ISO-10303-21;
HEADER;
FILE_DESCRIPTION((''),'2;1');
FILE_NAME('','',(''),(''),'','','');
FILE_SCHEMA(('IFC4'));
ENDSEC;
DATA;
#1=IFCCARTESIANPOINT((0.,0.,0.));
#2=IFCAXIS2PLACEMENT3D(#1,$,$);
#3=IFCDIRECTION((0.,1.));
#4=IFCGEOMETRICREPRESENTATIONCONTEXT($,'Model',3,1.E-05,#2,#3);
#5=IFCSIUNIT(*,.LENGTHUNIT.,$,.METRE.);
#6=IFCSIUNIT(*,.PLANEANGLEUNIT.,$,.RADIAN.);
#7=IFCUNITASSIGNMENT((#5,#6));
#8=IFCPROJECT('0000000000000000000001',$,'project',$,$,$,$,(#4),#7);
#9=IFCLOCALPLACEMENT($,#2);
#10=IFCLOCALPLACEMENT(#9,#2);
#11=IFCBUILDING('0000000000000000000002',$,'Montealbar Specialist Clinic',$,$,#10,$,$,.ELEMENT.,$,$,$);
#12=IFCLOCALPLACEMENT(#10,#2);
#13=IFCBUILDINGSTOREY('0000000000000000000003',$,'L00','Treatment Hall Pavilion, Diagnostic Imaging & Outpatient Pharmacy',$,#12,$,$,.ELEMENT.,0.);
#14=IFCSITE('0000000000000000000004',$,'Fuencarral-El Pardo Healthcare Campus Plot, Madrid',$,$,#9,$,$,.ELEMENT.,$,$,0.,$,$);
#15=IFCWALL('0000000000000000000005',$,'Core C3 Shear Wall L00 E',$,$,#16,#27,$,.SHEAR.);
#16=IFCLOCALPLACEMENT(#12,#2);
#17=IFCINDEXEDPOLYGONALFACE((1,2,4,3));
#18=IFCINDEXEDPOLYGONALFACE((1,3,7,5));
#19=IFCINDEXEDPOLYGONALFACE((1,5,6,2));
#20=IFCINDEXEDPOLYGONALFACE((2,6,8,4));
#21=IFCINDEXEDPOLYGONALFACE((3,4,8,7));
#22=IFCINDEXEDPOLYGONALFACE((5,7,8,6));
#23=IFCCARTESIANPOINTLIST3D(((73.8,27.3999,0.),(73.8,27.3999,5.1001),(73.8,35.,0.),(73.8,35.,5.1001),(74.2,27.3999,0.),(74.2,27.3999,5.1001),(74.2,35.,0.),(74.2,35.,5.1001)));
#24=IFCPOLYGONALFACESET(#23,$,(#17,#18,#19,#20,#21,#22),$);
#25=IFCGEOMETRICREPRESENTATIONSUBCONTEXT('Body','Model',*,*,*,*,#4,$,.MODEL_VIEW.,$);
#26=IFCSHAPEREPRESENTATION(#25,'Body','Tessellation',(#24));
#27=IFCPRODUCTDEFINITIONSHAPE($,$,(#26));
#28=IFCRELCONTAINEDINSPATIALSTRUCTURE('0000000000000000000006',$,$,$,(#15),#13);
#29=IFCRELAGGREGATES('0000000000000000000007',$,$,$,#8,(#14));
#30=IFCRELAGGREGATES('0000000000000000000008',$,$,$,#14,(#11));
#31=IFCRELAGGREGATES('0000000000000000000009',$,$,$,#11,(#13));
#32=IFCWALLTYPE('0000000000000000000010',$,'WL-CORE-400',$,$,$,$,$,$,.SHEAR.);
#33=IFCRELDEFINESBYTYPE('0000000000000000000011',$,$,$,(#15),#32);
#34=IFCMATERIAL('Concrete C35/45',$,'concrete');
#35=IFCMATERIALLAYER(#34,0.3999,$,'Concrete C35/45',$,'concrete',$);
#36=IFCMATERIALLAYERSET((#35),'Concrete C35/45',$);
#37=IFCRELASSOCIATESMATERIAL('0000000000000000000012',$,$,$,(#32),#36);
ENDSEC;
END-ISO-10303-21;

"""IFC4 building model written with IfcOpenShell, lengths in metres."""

from ifc_helpers import new_model, si_unit, direction, frame, frame_2d, origin, place, context, subcontext, project, spatial, rectangle, extrude, material, layer, layer_set, type_object, element, save


model = new_model("IFC4")

# Units and contexts
model_context = context("Model", 3, precision=1e-05, world=origin(), true_north=direction((0.0, 1.0)))
body_context = subcontext(model_context, "Body", "Model", "MODEL_VIEW")
ifc_project = project(units=[si_unit("LENGTHUNIT", "METRE"), si_unit("PLANEANGLEUNIT", "RADIAN")], contexts=[model_context])

# Site, building, storey
site_placement = place(None, origin())
site = spatial("IfcSite", under=ifc_project, at=site_placement, Name="Fuencarral-El Pardo Healthcare Campus Plot, Madrid", CompositionType="ELEMENT", RefElevation=0.0)
building_placement = place(site_placement, origin())
building = spatial("IfcBuilding", under=site, at=building_placement, Name="Montealbar Specialist Clinic", CompositionType="ELEMENT")
storey_placement = place(building_placement, origin())
storey = spatial("IfcBuildingStorey", under=building, at=storey_placement, Name="L00", Description="Treatment Hall Pavilion, Diagnostic Imaging & Outpatient Pharmacy", CompositionType="ELEMENT", Elevation=0.0)

# Wall
ifc_material_1 = material(Name="Concrete C35/45", Category="concrete")
ifc_layer = layer(ifc_material_1, 0.3999, Name="Concrete C35/45", Category="concrete")
ifc_layer_set = layer_set([ifc_layer], Name="Concrete C35/45")
wall_type = type_object("IfcWallType", Name="WL-CORE-400", PredefinedType="SHEAR", material=ifc_layer_set)
wall_placement = place(storey_placement, frame((74.0, 27.3999, 0.0), z_axis=(0.0, 0.0, 1.0), x_axis=(0.0, 1.0, 0.0)))
element("IfcWall", 1, at=wall_placement, inside=storey, type_object=wall_type, Name="Core C3 Shear Wall L00 E", PredefinedType="SHEAR", context=body_context, shape_type="SweptSolid", body=[
    extrude(rectangle(XDim=7.6001, YDim=0.3999, at=frame_2d((3.8, 0.0))), origin(), (0.0, 0.0, 1.0), 5.1001),
])

save(model, "model.ifc")
